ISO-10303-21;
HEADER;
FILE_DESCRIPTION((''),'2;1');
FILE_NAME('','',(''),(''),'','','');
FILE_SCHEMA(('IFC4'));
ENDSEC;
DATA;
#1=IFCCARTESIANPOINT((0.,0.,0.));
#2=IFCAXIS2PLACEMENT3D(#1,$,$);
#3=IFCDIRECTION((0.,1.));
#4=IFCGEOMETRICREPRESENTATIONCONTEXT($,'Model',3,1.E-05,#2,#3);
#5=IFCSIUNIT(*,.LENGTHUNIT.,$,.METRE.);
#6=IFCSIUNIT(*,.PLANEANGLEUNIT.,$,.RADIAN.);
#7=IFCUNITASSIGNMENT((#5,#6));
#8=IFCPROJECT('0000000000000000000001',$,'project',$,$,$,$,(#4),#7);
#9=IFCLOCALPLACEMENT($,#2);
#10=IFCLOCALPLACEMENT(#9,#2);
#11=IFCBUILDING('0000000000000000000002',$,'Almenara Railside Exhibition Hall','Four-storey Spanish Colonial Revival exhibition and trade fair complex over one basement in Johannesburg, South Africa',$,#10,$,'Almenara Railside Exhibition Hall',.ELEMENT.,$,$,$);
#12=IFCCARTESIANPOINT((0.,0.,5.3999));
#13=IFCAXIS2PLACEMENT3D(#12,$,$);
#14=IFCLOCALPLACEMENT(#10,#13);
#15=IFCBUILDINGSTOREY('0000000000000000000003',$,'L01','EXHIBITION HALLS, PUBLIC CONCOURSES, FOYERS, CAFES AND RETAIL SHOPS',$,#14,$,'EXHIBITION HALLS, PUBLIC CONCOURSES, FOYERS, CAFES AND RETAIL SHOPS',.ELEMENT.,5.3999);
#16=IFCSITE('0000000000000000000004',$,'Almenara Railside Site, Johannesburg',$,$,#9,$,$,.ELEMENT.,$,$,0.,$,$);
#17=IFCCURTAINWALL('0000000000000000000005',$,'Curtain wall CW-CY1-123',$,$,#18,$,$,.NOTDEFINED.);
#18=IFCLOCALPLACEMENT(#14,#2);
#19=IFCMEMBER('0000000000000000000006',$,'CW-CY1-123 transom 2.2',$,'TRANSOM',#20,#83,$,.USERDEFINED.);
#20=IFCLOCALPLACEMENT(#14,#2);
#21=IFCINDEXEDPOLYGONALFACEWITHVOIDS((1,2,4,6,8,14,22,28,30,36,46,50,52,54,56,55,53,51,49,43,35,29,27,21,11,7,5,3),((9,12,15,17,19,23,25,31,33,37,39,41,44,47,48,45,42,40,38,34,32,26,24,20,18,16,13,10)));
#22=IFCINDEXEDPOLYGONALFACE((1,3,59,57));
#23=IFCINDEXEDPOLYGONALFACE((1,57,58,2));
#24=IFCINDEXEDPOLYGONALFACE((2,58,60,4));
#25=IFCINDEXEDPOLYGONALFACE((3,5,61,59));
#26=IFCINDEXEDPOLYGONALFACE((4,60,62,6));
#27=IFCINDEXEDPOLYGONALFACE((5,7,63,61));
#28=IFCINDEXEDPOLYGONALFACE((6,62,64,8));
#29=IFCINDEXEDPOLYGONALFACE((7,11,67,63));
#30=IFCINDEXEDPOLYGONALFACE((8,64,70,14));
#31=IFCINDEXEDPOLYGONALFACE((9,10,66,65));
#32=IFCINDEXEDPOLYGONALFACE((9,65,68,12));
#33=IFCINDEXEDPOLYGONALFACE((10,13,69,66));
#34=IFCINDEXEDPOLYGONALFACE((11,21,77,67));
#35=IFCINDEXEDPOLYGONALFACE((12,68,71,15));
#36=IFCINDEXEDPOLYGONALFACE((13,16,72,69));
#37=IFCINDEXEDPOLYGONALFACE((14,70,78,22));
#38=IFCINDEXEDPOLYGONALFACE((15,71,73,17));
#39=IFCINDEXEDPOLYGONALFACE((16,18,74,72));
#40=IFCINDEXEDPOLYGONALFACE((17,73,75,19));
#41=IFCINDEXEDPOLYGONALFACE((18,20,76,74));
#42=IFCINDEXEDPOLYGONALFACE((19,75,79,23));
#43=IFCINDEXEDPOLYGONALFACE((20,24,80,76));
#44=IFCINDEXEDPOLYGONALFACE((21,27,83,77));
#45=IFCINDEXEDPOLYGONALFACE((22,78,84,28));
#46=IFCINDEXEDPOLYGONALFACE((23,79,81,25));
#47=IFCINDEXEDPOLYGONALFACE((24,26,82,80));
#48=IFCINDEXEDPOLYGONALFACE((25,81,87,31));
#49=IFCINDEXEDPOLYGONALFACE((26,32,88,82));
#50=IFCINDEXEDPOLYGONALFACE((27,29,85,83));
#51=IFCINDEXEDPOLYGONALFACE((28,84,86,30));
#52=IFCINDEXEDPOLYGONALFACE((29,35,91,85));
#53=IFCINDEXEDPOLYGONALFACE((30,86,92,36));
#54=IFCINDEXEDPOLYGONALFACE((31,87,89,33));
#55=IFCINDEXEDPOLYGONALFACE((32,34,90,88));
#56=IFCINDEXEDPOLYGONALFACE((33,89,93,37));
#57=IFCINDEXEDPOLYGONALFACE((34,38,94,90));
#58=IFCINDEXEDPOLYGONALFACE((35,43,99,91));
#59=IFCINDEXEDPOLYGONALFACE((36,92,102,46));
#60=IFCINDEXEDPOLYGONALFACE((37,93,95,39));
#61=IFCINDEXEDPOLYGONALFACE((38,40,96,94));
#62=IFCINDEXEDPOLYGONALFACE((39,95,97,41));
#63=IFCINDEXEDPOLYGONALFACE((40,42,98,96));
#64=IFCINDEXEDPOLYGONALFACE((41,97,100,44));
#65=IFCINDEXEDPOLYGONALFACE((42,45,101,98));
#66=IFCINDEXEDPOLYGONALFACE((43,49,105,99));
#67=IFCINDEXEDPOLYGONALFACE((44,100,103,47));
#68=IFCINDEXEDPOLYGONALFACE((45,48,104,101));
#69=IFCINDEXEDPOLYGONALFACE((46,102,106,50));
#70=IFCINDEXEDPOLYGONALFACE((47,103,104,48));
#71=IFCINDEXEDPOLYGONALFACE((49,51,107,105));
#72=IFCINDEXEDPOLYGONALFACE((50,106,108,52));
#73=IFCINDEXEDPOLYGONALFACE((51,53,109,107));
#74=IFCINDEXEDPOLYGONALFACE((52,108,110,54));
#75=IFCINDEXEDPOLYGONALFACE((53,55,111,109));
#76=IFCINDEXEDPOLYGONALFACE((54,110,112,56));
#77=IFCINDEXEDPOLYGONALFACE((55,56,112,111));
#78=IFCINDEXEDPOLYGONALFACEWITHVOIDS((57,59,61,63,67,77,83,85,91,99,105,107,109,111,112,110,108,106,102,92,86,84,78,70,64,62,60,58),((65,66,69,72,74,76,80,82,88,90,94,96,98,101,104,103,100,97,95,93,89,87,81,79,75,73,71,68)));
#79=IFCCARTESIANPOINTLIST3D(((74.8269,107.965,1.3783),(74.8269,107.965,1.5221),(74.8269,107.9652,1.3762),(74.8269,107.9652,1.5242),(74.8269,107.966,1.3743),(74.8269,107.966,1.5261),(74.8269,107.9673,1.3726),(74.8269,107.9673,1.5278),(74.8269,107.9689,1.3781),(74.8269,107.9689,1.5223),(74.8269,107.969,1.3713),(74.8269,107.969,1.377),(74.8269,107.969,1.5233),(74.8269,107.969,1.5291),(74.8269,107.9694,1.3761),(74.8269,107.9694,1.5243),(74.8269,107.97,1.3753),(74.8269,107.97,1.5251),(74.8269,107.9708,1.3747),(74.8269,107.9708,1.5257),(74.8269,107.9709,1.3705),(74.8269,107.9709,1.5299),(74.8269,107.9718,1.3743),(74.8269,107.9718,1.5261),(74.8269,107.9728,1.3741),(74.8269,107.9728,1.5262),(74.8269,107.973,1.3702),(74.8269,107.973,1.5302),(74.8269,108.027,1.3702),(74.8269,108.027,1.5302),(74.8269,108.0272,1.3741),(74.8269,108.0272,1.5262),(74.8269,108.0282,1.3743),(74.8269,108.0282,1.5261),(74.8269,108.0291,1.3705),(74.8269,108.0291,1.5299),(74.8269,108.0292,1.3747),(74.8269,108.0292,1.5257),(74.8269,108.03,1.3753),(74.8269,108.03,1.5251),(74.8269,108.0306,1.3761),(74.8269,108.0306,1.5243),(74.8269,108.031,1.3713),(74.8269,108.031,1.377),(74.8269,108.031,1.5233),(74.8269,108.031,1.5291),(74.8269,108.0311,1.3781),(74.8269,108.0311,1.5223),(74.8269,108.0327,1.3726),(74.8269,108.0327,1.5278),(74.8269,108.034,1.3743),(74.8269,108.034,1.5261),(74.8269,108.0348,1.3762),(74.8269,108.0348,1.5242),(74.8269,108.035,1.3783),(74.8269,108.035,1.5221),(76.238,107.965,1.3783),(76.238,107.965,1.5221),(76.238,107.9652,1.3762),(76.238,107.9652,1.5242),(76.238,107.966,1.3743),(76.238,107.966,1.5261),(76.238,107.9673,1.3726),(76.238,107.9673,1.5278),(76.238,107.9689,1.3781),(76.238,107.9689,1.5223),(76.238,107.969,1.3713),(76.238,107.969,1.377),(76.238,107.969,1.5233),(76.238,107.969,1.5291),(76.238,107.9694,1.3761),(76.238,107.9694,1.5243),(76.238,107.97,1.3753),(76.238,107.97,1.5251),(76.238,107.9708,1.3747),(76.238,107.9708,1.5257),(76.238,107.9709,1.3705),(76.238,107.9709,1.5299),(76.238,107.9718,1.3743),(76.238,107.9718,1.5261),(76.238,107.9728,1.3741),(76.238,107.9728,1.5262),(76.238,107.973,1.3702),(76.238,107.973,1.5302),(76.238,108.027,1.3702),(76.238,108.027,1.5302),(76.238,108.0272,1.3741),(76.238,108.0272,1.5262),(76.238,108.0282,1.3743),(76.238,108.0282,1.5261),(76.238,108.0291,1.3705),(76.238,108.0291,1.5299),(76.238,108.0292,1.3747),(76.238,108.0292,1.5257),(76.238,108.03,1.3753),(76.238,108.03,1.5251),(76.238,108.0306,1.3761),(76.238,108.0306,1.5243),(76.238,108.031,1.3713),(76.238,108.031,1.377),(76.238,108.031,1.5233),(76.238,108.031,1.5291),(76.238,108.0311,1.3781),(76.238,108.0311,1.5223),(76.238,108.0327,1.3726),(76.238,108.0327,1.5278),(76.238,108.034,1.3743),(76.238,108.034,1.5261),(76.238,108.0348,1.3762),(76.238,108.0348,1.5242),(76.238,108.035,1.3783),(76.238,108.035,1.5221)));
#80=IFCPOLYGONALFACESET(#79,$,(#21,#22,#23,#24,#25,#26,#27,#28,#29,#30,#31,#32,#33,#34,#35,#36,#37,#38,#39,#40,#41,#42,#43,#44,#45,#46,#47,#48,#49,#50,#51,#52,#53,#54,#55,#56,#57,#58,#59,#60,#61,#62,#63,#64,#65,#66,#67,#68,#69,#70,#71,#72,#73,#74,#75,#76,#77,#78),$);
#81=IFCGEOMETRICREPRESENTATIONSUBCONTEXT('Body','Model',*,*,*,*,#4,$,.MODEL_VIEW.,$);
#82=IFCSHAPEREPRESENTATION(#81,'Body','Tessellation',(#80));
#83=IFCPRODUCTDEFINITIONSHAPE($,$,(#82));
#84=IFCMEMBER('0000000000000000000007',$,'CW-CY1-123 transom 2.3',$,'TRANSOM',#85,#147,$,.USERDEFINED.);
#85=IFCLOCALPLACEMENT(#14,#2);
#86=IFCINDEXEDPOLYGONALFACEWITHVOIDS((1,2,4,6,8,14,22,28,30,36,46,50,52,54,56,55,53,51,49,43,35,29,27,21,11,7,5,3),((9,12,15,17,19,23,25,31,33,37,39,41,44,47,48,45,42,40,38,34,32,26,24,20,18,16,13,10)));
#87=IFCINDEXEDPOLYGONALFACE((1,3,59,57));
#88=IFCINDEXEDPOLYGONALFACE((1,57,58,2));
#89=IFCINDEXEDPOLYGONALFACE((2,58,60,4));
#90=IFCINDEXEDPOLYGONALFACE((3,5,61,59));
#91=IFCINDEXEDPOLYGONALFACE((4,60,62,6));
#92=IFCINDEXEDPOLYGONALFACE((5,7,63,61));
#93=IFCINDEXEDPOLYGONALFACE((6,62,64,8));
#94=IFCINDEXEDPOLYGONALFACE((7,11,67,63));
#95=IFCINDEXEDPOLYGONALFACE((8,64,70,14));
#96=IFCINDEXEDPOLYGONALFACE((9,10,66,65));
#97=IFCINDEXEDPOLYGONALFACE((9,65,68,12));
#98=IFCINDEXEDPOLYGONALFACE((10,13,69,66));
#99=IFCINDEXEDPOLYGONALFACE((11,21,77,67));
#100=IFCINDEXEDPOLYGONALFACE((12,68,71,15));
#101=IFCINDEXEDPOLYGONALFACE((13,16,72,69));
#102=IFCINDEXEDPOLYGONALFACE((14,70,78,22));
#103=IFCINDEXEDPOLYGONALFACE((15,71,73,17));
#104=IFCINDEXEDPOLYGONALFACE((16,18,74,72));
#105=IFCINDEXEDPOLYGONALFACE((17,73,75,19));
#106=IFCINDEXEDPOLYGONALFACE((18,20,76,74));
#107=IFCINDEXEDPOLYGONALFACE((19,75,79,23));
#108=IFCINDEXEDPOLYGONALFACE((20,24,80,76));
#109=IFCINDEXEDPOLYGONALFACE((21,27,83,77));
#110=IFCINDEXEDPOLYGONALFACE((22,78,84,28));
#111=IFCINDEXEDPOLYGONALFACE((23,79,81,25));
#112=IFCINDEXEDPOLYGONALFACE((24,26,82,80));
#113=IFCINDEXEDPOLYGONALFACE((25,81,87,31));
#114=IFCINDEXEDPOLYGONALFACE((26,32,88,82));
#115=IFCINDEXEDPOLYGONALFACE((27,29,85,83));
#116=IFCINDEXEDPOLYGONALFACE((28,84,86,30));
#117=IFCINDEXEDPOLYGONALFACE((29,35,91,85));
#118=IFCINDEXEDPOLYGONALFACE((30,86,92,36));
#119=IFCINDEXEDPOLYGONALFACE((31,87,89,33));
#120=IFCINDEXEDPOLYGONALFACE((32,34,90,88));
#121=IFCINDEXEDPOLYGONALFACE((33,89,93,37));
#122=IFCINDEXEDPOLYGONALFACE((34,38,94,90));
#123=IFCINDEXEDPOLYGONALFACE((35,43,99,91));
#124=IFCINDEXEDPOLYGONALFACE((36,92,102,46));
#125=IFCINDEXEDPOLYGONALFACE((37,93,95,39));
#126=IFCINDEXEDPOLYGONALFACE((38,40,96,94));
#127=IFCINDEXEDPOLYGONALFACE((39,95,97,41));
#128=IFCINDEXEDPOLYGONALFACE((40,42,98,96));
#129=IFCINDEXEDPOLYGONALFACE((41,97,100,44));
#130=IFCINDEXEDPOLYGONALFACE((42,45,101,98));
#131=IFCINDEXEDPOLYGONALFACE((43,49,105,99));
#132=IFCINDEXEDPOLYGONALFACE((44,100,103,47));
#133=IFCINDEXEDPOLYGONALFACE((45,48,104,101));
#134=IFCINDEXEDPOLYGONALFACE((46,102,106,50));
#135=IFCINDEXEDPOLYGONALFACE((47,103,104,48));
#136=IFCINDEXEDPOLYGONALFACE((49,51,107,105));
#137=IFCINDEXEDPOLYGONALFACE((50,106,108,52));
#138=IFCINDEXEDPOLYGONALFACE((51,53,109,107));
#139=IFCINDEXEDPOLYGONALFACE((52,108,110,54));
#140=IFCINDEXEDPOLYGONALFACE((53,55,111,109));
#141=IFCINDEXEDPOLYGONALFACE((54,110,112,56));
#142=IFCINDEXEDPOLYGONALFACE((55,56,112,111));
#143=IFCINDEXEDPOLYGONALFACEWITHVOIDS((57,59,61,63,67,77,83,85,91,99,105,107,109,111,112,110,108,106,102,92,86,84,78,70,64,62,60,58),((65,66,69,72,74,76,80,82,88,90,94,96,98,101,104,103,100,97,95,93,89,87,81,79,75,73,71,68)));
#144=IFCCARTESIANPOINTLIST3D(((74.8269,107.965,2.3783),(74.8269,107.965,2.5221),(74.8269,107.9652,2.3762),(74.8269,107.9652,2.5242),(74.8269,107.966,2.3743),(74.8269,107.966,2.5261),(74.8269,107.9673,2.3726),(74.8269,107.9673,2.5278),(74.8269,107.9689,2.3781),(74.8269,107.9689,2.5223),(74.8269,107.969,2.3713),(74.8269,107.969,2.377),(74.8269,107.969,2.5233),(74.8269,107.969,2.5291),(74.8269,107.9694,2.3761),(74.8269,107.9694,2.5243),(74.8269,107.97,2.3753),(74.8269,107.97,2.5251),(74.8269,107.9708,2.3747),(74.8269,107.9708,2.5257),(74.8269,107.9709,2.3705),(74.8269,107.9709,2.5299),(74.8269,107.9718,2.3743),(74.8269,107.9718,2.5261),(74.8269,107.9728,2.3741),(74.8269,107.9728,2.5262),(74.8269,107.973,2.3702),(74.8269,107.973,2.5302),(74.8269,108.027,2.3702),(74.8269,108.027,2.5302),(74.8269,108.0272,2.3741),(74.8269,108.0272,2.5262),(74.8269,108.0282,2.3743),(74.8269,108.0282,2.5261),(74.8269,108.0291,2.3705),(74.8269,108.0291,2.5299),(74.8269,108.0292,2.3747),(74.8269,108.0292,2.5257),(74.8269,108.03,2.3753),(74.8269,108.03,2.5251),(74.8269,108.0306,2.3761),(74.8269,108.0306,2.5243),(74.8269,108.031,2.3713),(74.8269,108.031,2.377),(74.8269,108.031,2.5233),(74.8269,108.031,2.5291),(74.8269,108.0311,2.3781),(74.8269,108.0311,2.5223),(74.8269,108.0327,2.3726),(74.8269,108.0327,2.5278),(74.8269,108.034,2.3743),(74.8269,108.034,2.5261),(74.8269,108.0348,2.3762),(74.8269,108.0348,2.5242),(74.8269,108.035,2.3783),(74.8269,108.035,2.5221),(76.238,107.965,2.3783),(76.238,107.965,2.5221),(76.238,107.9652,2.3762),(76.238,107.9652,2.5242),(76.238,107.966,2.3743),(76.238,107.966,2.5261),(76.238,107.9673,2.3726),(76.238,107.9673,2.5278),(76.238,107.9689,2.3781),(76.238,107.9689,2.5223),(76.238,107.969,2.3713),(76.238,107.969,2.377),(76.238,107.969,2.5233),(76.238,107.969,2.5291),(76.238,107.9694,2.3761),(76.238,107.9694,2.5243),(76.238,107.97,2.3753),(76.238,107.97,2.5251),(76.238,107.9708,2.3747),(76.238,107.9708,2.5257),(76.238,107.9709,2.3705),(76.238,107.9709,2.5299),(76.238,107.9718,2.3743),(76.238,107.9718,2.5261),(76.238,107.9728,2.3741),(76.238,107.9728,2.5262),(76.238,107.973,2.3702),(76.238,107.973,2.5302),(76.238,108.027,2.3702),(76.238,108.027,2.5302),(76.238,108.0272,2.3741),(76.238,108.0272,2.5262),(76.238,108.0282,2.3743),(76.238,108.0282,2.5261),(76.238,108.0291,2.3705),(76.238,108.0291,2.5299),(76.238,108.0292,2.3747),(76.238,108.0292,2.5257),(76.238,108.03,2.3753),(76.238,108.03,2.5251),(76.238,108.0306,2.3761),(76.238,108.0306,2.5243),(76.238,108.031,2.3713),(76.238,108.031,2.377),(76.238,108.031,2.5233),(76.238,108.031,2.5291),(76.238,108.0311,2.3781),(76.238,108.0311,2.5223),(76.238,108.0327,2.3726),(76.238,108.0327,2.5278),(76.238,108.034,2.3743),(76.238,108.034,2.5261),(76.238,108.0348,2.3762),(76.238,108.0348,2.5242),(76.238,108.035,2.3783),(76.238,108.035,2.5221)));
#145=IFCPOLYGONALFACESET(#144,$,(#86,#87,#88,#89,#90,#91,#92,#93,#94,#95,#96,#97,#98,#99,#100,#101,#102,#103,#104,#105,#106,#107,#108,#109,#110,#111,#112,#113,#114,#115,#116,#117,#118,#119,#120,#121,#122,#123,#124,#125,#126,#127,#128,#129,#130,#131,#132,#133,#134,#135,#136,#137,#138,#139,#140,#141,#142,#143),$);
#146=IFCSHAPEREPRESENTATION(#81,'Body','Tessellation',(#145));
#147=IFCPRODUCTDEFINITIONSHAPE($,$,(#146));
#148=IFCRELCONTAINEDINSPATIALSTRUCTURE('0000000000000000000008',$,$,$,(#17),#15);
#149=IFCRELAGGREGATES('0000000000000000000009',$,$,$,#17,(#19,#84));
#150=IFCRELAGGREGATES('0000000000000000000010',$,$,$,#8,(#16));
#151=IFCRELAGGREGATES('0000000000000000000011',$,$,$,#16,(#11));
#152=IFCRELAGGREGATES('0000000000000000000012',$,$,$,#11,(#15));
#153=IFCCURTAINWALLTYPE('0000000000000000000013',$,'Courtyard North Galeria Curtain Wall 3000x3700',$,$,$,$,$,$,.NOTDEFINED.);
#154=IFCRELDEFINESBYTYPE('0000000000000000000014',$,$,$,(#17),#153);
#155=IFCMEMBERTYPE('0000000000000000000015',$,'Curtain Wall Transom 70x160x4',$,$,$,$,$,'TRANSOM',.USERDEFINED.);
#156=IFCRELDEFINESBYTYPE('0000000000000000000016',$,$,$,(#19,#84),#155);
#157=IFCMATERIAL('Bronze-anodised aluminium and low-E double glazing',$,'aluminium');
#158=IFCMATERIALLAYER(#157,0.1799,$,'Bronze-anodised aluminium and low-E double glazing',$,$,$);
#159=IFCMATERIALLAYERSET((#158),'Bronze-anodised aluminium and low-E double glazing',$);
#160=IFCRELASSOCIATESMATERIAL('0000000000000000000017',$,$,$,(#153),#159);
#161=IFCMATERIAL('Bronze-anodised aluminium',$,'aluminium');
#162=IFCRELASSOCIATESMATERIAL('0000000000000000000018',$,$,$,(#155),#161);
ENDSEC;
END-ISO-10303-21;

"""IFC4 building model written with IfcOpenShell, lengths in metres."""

from ifc_helpers import new_model, si_unit, direction, frame, origin, origin_2d, place, context, subcontext, project, spatial, hollow_rectangle, extrude, material, layer, layer_set, material_profile, profile_set, type_object, element, aggregate, save


model = new_model("IFC4")

# Units and contexts
model_context = context("Model", 3, precision=1e-05, world=origin(), true_north=direction((0.0, 1.0)))
body_context = subcontext(model_context, "Body", "Model", "MODEL_VIEW")
ifc_project = project(units=[si_unit("LENGTHUNIT", "METRE"), si_unit("PLANEANGLEUNIT", "RADIAN")], contexts=[model_context])

# Site, building, storey
site_placement = place(None, origin())
site = spatial("IfcSite", under=ifc_project, at=site_placement, Name="Almenara Railside Site, Johannesburg", CompositionType="ELEMENT", RefElevation=0.0)
building_placement = place(site_placement, origin())
building = spatial("IfcBuilding", under=site, at=building_placement, Name="Almenara Railside Exhibition Hall", Description="Four-storey Spanish Colonial Revival exhibition and trade fair complex over one basement in Johannesburg, South Africa", LongName="Almenara Railside Exhibition Hall", CompositionType="ELEMENT")
storey_placement = place(building_placement, frame((0.0, 0.0, 5.3999)))
storey = spatial("IfcBuildingStorey", under=building, at=storey_placement, Name="L01", Description="EXHIBITION HALLS, PUBLIC CONCOURSES, FOYERS, CAFES AND RETAIL SHOPS", LongName="EXHIBITION HALLS, PUBLIC CONCOURSES, FOYERS, CAFES AND RETAIL SHOPS", CompositionType="ELEMENT", Elevation=5.3999)

# Shared definitions
ifc_material_1 = material(Name="Bronze-anodised aluminium and low-E double glazing", Category="aluminium")
ifc_layer_1 = layer(ifc_material_1, 0.1799, Name="Bronze-anodised aluminium and low-E double glazing")
ifc_layer_set_1 = layer_set([ifc_layer_1], Name="Bronze-anodised aluminium and low-E double glazing")
curtain_wall_type = type_object("IfcCurtainWallType", Name="Courtyard North Galeria Curtain Wall 3000x3700", PredefinedType="NOTDEFINED", material=ifc_layer_set_1)
ifc_material_2 = material(Name="Bronze-anodised aluminium", Category="aluminium")

# Curtain wall, members
curtain_wall_1_placement = place(storey_placement, origin())
curtain_wall_1 = element("IfcCurtainWall", 1, at=curtain_wall_1_placement, inside=storey, type_object=curtain_wall_type, Name="Curtain wall CW-CY1-123", PredefinedType="NOTDEFINED")
ifc_material_profile_1 = material_profile(ifc_material_2, hollow_rectangle(XDim=0.0701, YDim=0.1599, WallThickness=0.0039, InnerFilletRadius=0.0039, OuterFilletRadius=0.0081, at=origin_2d()), Name="ALU-TRN 70x160x4")
ifc_profile_set_1 = profile_set([ifc_material_profile_1], Name="Bronze-anodised aluminium")
member_type_1 = type_object("IfcMemberType", Name="Curtain Wall Transom 70x160x4", ElementType="TRANSOM", PredefinedType="USERDEFINED", material=ifc_profile_set_1)
member_1_placement = place(storey_placement, frame((74.8269, 108.0, 1.4502), z_axis=(1.0, 0.0, 0.0), x_axis=(0.0, 1.0, 0.0)))
member_1 = element("IfcMember", 2, at=member_1_placement, type_object=member_type_1, Name="CW-CY1-123 transom 2.2", ObjectType="TRANSOM", PredefinedType="USERDEFINED", context=body_context, shape_type="SweptSolid", body=[
    extrude(hollow_rectangle(XDim=0.0701, YDim=0.1599, WallThickness=0.0039, InnerFilletRadius=0.0039, OuterFilletRadius=0.0081, at=origin_2d()), origin(), (0.0, 0.0, 1.0), 1.4111),
])
member_2_placement = place(storey_placement, frame((74.8269, 108.0, 2.4502), z_axis=(1.0, 0.0, 0.0), x_axis=(0.0, 1.0, 0.0)))
member_2 = element("IfcMember", 3, at=member_2_placement, type_object=member_type_1, Name="CW-CY1-123 transom 2.3", ObjectType="TRANSOM", PredefinedType="USERDEFINED", context=body_context, shape_type="SweptSolid", body=[
    extrude(hollow_rectangle(XDim=0.0701, YDim=0.1599, WallThickness=0.0039, InnerFilletRadius=0.0039, OuterFilletRadius=0.0081, at=origin_2d()), origin(), (0.0, 0.0, 1.0), 1.4111),
])

aggregate(curtain_wall_1, [member_1, member_2])

save(model, "model.ifc")
